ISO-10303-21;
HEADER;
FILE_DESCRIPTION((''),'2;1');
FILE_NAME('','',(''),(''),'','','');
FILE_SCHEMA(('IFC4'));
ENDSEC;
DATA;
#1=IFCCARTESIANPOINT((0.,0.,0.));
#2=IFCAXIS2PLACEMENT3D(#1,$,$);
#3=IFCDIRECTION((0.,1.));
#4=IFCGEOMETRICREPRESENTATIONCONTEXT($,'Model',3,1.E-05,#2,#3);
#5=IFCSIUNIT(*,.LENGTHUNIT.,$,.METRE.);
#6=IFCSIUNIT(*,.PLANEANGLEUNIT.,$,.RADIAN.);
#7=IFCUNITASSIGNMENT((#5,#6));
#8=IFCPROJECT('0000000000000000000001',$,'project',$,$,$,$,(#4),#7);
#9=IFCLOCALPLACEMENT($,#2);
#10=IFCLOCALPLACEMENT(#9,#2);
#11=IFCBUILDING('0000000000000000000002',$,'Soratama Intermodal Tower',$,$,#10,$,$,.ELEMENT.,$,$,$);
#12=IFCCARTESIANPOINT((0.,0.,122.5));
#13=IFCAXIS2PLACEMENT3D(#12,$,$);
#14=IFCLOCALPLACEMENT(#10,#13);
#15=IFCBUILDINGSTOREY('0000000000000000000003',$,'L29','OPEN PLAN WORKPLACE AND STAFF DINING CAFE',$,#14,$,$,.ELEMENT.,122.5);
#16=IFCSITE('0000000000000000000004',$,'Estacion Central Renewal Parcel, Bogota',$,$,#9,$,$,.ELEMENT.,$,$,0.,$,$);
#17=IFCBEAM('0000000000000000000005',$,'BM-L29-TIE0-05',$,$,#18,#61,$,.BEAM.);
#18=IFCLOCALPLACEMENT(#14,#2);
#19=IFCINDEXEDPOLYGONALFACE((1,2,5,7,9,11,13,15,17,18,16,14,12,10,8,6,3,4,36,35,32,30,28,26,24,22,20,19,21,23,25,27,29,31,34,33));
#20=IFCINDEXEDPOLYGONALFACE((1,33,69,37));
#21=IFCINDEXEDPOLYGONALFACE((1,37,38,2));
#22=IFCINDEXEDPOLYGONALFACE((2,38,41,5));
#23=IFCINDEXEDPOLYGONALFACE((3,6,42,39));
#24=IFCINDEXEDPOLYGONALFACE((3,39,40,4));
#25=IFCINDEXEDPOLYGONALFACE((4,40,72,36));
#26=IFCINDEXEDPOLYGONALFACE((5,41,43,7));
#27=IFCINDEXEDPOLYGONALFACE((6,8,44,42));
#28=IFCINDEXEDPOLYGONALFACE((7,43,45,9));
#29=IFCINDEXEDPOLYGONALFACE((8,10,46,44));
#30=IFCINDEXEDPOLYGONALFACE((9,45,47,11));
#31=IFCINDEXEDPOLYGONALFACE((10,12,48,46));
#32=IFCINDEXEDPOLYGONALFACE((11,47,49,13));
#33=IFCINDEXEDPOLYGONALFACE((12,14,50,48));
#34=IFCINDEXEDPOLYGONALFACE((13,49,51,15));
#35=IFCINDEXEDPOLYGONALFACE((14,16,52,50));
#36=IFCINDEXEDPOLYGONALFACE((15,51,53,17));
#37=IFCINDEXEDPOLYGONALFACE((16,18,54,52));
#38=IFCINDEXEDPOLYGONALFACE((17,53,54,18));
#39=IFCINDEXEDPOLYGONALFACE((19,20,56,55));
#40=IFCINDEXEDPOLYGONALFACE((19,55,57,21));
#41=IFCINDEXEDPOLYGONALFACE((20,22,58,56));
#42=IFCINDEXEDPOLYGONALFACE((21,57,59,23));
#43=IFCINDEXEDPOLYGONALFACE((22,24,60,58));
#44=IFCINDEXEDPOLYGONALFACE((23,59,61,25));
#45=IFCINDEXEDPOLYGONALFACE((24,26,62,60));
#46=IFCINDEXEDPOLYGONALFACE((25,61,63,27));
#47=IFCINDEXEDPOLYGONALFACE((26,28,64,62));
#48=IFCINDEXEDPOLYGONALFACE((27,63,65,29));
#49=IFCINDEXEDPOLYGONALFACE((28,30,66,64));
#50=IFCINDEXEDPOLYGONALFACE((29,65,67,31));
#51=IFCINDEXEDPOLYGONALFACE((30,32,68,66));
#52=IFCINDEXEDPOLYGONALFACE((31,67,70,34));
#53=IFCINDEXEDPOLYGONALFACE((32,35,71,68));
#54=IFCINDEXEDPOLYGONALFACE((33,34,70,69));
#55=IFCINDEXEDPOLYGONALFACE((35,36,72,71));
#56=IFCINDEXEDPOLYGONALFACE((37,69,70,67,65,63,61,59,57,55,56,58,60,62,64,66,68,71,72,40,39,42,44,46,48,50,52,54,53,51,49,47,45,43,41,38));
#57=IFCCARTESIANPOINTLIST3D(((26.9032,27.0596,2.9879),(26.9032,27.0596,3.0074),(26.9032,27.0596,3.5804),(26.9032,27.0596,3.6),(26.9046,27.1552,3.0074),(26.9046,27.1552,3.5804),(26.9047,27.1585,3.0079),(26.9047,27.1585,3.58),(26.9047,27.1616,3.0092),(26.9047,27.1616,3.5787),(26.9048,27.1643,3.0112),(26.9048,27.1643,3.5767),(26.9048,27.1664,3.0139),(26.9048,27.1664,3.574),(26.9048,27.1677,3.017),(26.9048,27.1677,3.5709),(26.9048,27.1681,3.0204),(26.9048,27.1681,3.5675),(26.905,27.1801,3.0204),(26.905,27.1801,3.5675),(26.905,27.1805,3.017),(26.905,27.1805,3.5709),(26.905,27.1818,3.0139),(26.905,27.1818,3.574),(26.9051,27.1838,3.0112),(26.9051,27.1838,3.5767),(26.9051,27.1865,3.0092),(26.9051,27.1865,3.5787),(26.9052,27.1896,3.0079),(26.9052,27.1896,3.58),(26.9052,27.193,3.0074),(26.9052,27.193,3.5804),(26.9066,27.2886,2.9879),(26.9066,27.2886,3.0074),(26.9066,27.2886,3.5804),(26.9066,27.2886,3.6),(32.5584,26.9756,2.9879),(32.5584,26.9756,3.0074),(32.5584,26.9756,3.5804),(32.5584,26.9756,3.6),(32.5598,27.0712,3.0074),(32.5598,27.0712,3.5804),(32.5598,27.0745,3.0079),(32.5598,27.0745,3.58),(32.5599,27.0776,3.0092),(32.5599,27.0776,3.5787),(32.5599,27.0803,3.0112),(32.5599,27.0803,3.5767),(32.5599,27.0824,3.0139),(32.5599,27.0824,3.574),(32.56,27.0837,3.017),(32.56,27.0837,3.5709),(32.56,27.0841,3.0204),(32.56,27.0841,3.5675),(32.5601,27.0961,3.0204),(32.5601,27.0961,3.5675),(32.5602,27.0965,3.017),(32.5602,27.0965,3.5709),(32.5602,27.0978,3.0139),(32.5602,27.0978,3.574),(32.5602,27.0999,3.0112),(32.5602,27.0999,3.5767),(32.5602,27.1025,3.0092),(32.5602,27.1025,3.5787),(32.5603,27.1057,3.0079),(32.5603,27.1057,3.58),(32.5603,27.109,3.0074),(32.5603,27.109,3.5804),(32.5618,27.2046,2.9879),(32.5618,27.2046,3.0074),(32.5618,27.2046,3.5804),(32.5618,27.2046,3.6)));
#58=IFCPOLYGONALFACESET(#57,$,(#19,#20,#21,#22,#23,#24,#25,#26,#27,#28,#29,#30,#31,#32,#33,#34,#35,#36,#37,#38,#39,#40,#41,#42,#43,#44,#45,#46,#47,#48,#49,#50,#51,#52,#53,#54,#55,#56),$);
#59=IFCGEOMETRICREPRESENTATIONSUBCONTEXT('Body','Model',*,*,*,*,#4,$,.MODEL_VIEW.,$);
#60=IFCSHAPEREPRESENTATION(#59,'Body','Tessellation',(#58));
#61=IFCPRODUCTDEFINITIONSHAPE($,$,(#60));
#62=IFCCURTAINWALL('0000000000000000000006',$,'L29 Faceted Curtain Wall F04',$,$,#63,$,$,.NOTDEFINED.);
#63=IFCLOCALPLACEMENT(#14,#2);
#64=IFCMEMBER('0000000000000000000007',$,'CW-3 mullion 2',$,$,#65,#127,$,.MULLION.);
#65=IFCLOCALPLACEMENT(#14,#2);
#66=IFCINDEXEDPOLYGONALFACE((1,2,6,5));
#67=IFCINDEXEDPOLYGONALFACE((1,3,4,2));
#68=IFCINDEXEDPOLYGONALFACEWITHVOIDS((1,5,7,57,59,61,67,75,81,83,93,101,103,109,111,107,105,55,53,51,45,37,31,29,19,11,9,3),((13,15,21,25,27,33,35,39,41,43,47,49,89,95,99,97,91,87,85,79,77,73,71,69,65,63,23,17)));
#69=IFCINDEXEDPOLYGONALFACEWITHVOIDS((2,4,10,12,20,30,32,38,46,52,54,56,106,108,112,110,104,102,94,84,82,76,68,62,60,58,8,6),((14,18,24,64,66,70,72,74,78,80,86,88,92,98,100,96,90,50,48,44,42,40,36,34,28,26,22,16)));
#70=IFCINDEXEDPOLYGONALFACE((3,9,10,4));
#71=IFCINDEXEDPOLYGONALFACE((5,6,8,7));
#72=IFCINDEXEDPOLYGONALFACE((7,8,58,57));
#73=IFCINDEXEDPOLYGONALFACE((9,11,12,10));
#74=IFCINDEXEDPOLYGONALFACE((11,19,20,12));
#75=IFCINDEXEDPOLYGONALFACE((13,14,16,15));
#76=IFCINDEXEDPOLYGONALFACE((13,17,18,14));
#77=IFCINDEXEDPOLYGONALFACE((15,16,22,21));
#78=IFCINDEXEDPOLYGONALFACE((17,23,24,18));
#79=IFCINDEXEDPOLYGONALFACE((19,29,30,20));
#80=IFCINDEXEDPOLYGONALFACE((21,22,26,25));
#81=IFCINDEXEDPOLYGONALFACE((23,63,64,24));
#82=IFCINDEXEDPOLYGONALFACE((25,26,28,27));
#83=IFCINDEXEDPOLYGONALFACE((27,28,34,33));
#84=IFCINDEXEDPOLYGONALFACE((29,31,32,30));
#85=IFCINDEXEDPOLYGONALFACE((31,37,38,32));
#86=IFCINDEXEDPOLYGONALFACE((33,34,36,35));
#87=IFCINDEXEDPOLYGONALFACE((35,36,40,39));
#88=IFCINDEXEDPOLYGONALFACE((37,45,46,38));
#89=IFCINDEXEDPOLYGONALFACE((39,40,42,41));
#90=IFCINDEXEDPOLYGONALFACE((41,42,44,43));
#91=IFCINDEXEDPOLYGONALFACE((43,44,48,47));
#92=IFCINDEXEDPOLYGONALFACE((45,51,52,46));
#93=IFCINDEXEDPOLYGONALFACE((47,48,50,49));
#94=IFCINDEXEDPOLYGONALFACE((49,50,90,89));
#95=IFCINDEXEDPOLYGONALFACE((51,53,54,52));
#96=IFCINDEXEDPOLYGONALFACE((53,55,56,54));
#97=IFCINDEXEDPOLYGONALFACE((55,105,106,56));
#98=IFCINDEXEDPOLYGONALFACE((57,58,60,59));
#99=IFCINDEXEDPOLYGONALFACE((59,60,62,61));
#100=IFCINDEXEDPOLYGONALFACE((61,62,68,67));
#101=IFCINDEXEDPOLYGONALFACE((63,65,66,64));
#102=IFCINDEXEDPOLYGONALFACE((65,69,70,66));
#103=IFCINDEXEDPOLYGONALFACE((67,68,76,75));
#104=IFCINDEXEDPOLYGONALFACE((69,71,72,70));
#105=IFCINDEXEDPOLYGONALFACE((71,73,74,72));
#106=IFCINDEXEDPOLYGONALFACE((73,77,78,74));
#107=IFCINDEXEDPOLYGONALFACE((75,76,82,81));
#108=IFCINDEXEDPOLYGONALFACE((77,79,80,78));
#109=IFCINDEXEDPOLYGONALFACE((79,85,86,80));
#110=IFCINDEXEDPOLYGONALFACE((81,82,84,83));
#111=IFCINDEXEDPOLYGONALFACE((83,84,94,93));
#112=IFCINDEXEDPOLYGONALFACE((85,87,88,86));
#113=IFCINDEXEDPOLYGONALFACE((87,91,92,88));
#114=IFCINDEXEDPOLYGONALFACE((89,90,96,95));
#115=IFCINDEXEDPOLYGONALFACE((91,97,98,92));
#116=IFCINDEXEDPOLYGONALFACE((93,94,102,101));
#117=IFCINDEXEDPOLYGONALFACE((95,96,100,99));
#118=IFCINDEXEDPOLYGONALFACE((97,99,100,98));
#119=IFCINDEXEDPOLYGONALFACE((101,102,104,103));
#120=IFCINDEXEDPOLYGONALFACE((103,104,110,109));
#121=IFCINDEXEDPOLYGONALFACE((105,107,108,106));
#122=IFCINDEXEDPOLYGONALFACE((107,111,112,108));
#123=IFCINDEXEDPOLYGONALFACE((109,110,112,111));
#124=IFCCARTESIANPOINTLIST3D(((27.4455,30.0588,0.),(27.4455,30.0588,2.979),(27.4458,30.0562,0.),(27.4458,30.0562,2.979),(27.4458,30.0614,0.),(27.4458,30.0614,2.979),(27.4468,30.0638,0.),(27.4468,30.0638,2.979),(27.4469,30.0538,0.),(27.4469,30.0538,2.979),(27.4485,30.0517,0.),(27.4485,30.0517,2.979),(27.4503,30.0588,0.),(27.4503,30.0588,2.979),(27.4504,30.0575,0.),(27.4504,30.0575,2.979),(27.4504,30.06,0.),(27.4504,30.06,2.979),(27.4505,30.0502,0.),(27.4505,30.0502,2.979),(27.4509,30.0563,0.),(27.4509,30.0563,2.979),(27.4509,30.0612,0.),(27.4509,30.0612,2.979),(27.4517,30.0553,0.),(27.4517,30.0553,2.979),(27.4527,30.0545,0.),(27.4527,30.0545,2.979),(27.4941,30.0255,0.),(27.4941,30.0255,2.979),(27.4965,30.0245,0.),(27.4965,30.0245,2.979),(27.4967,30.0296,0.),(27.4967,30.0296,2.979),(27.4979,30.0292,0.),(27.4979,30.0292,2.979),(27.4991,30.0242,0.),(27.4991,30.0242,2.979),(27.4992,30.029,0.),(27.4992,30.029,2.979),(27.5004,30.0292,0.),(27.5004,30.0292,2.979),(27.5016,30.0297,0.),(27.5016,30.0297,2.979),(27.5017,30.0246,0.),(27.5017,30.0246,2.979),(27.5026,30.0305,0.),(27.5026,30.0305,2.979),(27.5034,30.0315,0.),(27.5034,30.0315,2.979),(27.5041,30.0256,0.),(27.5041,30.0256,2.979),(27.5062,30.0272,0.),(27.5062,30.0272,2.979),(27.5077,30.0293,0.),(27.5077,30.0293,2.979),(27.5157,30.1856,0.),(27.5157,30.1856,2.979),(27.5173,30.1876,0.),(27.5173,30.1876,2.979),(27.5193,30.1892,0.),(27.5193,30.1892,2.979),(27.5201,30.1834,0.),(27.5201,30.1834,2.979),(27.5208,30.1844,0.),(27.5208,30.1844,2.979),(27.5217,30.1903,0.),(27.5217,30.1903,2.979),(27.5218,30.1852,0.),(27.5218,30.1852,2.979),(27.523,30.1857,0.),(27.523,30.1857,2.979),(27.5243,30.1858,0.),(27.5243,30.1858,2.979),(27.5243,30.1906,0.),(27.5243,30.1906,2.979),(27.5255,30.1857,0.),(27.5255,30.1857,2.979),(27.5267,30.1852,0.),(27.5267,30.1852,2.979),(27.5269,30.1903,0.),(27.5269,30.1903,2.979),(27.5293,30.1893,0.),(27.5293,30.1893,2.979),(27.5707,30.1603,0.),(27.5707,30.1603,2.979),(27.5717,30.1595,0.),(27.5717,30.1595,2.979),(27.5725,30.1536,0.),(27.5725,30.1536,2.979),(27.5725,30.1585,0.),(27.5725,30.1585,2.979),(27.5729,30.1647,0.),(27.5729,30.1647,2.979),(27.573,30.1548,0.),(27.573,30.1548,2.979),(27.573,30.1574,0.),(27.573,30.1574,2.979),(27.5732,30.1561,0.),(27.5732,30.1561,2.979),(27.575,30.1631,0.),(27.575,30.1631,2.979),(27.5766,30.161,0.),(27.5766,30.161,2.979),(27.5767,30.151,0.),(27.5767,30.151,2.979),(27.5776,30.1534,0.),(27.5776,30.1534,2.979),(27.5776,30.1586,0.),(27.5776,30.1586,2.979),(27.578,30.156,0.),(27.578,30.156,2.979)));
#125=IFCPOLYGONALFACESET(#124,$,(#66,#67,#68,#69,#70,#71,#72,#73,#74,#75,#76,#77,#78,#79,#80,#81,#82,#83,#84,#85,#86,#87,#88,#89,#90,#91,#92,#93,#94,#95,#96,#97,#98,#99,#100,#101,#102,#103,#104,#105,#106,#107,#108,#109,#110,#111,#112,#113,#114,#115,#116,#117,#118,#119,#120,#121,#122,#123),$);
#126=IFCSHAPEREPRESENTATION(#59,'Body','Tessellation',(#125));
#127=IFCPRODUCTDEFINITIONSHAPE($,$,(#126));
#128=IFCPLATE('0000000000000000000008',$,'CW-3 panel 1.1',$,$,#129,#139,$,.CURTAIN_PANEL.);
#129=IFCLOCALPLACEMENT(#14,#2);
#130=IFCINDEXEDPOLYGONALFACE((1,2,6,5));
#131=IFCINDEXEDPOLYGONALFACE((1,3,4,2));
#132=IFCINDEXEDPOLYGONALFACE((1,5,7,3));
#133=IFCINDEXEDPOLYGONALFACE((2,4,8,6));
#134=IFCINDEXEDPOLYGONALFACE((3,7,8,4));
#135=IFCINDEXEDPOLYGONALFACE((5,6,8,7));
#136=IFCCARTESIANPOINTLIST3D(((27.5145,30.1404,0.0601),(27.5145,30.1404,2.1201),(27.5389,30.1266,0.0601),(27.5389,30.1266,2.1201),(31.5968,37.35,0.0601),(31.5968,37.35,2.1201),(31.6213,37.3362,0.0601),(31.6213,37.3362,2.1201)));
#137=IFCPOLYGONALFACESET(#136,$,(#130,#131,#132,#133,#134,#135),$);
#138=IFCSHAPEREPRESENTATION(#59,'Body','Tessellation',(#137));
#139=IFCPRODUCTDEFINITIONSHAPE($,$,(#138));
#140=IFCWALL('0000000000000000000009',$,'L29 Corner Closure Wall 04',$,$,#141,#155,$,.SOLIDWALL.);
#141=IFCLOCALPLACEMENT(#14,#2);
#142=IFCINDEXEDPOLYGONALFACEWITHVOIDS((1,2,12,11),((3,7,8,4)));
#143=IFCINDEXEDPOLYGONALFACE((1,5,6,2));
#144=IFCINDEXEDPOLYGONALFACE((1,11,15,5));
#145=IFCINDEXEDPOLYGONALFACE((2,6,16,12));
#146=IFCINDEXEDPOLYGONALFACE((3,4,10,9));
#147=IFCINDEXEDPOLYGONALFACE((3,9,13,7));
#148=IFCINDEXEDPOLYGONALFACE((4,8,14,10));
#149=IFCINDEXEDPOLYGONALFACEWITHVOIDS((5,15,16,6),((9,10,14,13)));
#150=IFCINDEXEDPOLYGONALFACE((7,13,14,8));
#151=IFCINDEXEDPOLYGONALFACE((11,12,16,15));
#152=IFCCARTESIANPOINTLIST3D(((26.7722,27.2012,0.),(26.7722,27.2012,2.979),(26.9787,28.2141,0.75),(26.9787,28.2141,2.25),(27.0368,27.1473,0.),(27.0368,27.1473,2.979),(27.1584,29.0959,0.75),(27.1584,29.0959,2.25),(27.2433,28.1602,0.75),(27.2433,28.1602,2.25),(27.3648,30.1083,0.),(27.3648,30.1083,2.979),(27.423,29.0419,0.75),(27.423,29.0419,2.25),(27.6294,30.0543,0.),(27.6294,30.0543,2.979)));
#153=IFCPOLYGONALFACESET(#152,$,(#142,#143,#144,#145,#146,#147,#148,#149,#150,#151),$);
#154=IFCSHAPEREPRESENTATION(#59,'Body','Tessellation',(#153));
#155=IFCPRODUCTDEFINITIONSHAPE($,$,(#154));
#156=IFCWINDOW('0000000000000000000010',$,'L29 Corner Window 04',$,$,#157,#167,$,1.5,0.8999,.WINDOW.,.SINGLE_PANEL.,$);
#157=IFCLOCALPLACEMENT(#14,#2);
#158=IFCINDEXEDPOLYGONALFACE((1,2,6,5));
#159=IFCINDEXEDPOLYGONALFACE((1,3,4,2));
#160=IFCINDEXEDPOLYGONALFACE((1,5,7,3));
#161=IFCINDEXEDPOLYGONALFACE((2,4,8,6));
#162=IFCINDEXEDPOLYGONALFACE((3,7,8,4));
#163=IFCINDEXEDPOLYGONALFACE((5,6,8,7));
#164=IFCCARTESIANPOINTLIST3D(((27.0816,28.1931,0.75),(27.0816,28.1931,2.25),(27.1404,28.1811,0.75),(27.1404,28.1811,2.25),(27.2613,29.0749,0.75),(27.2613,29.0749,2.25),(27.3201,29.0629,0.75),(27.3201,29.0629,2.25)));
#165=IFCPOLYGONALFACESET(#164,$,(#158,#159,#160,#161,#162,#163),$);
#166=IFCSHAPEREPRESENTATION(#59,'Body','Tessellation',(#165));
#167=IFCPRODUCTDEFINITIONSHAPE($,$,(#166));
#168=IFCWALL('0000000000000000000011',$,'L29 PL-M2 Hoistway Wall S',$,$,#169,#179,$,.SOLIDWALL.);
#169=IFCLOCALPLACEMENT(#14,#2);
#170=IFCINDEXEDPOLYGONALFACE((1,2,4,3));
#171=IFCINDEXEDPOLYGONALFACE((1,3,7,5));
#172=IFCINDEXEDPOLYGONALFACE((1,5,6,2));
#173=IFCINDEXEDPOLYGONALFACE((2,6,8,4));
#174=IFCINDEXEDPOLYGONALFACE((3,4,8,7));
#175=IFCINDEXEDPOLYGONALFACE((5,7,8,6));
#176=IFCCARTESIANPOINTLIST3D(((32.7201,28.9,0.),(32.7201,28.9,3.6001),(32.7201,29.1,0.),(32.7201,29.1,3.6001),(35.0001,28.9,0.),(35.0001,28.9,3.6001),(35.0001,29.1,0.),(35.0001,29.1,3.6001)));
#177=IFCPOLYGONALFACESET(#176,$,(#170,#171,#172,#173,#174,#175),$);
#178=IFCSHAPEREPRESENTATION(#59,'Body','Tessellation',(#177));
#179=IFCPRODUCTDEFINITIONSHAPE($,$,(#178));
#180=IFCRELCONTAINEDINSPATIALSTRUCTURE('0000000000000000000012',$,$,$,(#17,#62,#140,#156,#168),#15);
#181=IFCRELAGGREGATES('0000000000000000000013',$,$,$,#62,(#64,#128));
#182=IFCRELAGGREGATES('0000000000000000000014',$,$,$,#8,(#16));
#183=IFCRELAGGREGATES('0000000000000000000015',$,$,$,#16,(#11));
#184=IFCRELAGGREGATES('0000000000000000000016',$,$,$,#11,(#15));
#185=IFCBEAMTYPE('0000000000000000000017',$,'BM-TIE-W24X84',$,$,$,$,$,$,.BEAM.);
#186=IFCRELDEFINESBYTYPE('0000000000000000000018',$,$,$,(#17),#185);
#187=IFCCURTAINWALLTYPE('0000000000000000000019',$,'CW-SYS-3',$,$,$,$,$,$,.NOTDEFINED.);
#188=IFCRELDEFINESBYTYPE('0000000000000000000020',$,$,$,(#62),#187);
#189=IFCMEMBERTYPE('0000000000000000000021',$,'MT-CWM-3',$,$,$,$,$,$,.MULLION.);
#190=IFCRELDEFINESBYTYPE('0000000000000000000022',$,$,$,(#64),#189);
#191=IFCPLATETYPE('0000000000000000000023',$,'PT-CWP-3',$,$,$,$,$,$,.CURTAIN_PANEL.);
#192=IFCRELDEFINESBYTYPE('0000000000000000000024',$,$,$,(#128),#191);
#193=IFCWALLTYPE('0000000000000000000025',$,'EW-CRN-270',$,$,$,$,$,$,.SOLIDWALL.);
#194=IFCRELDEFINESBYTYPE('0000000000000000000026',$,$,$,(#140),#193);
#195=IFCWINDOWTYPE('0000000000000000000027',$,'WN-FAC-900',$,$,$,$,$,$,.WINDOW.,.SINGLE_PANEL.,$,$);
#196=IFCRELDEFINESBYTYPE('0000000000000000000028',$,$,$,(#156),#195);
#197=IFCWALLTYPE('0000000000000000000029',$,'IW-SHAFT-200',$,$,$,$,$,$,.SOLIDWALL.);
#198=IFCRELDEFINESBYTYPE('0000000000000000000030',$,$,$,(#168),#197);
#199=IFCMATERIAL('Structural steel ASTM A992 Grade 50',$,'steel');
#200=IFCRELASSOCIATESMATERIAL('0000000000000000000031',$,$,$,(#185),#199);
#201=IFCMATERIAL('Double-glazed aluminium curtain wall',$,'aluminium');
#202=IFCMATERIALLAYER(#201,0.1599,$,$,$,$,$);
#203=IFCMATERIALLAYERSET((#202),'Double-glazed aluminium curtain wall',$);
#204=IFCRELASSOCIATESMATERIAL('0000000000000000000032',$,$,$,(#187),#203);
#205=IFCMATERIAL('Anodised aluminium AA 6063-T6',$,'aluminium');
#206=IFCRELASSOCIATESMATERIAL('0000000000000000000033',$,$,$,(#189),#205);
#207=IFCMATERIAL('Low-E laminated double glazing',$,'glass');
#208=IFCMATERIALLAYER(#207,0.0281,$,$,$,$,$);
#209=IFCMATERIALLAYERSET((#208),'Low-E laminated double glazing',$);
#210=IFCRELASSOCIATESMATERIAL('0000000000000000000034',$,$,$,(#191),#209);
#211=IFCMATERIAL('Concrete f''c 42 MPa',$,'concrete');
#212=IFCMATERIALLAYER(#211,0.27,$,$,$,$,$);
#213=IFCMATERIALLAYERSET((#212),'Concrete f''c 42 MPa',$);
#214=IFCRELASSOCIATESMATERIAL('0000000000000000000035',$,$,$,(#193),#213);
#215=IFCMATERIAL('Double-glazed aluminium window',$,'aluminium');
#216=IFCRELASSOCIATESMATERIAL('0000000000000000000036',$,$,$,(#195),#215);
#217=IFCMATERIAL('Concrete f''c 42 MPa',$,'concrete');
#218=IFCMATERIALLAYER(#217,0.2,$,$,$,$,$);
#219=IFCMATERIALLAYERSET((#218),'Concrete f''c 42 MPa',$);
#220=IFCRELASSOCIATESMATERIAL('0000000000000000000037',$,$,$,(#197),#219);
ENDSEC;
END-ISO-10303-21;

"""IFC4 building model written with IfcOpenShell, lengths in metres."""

from ifc_helpers import new_model, si_unit, direction, frame, frame_2d, origin, origin_2d, place, context, subcontext, project, spatial, rectangle, hollow_rectangle, i_section, extrude, material, layer, layer_set, material_profile, profile_set, type_object, element, fill, aggregate, save


model = new_model("IFC4")

# Units and contexts
model_context = context("Model", 3, precision=1e-05, world=origin(), true_north=direction((0.0, 1.0)))
body_context = subcontext(model_context, "Body", "Model", "MODEL_VIEW")
ifc_project = project(units=[si_unit("LENGTHUNIT", "METRE"), si_unit("PLANEANGLEUNIT", "RADIAN")], contexts=[model_context])

# Site, building, storey
site_placement = place(None, origin())
site = spatial("IfcSite", under=ifc_project, at=site_placement, Name="Estacion Central Renewal Parcel, Bogota", CompositionType="ELEMENT", RefElevation=0.0)
building_placement = place(site_placement, origin())
building = spatial("IfcBuilding", under=site, at=building_placement, Name="Soratama Intermodal Tower", CompositionType="ELEMENT")
storey_placement = place(building_placement, frame((0.0, 0.0, 122.5)))
storey = spatial("IfcBuildingStorey", under=building, at=storey_placement, Name="L29", Description="OPEN PLAN WORKPLACE AND STAFF DINING CAFE", CompositionType="ELEMENT", Elevation=122.5)

# Beam
ifc_material_1 = material(Name="Structural steel ASTM A992 Grade 50", Category="steel")
ifc_material_profile_1 = material_profile(ifc_material_1, i_section(OverallWidth=0.229, OverallDepth=0.6121, WebThickness=0.012, FlangeThickness=0.0195, FilletRadius=0.0129, at=origin_2d()), Name="W24X84")
ifc_profile_set_1 = profile_set([ifc_material_profile_1], Name="Structural steel ASTM A992 Grade 50")
beam_type_1 = type_object("IfcBeamType", Name="BM-TIE-W24X84", PredefinedType="BEAM", material=ifc_profile_set_1)
beam_1_placement = place(storey_placement, frame((32.5601, 27.0901, 3.2939), z_axis=(-0.99989, 0.01485, 0.0), x_axis=(-0.01485, -0.99989, 0.0)))
element("IfcBeam", 1, at=beam_1_placement, inside=storey, type_object=beam_type_1, Name="BM-L29-TIE0-05", PredefinedType="BEAM", context=body_context, shape_type="SweptSolid", body=[
    extrude(i_section(OverallWidth=0.229, OverallDepth=0.6121, WebThickness=0.012, FlangeThickness=0.0195, FilletRadius=0.0129, at=origin_2d()), origin(), (0.0, 0.0, 1.0), 5.6558),
])

# Curtain wall, member, plate
ifc_material_2 = material(Name="Double-glazed aluminium curtain wall", Category="aluminium")
ifc_layer_1 = layer(ifc_material_2, 0.1599)
ifc_layer_set_1 = layer_set([ifc_layer_1], Name="Double-glazed aluminium curtain wall")
curtain_wall_type = type_object("IfcCurtainWallType", Name="CW-SYS-3", PredefinedType="NOTDEFINED", material=ifc_layer_set_1)
curtain_wall_placement = place(storey_placement, origin())
curtain_wall = element("IfcCurtainWall", 2, at=curtain_wall_placement, inside=storey, type_object=curtain_wall_type, Name="L29 Faceted Curtain Wall F04", PredefinedType="NOTDEFINED")
ifc_material_3 = material(Name="Anodised aluminium AA 6063-T6", Category="aluminium")
ifc_material_profile_2 = material_profile(ifc_material_3, hollow_rectangle(XDim=0.0701, YDim=0.1599, WallThickness=0.0049, InnerFilletRadius=0.0049, OuterFilletRadius=0.01, at=origin_2d()), Name="CWM160X70X5")
ifc_profile_set_2 = profile_set([ifc_material_profile_2], Name="Anodised aluminium AA 6063-T6")
member_type = type_object("IfcMemberType", Name="MT-CWM-3", PredefinedType="MULLION", material=ifc_profile_set_2)
member_placement = place(storey_placement, frame((27.5117, 30.1074, 0.0), z_axis=(0.0, 0.0, 1.0), x_axis=(0.870183, -0.492728, 0.0)))
member = element("IfcMember", 3, at=member_placement, type_object=member_type, Name="CW-3 mullion 2", PredefinedType="MULLION", context=body_context, shape_type="SweptSolid", body=[
    extrude(hollow_rectangle(XDim=0.0701, YDim=0.1599, WallThickness=0.0049, InnerFilletRadius=0.0049, OuterFilletRadius=0.01, at=origin_2d()), origin(), (0.0, 0.0, 1.0), 2.979),
])
ifc_material_4 = material(Name="Low-E laminated double glazing", Category="glass")
ifc_layer_2 = layer(ifc_material_4, 0.0281)
ifc_layer_set_2 = layer_set([ifc_layer_2], Name="Low-E laminated double glazing")
plate_type = type_object("IfcPlateType", Name="PT-CWP-3", PredefinedType="CURTAIN_PANEL", material=ifc_layer_set_2)
plate_placement = place(storey_placement, frame((29.5679, 33.7383, 0.0601), z_axis=(0.0, 0.0, 1.0), x_axis=(-0.492728, -0.870183, 0.0)))
plate = element("IfcPlate", 4, at=plate_placement, type_object=plate_type, Name="CW-3 panel 1.1", PredefinedType="CURTAIN_PANEL", context=body_context, shape_type="SweptSolid", body=[
    extrude(rectangle(XDim=8.2852, YDim=0.0281, at=origin_2d()), origin(), (0.0, 0.0, 1.0), 2.0601),
])
aggregate(curtain_wall, [member, plate])

# Wall, opening, window
ifc_material_5 = material(Name="Concrete f'c 42 MPa", Category="concrete")
ifc_layer_3 = layer(ifc_material_5, 0.27)
ifc_layer_set_3 = layer_set([ifc_layer_3], Name="Concrete f'c 42 MPa")
wall_type_1 = type_object("IfcWallType", Name="EW-CRN-270", PredefinedType="SOLIDWALL", material=ifc_layer_set_3)
wall_1_placement = place(storey_placement, frame((27.4971, 30.0813, 0.0), z_axis=(0.0, 0.0, 1.0), x_axis=(-0.199723, -0.979852, 0.0)))
wall_1 = element("IfcWall", 5, at=wall_1_placement, inside=storey, type_object=wall_type_1, Name="L29 Corner Closure Wall 04", PredefinedType="SOLIDWALL", context=body_context, shape_type="SweptSolid", body=[
    extrude(rectangle(XDim=2.9668, YDim=0.27, at=frame_2d((1.4834, 0.0))), origin(), (0.0, 0.0, 1.0), 2.979),
])
opening_1_placement = place(wall_1_placement, frame((1.0332, 0.0, 0.75)))
opening_1 = element("IfcOpeningElement", 6, at=opening_1_placement, cuts=wall_1, PredefinedType="OPENING", context=body_context, shape_type="SweptSolid", body=[
    extrude(rectangle(XDim=0.8999, YDim=1.5, at=frame_2d((0.45, 0.75))), frame((0.0, 0.145, 0.0), z_axis=(0.0, -1.0, 0.0), x_axis=(1.0, 0.0, 0.0)), (0.0, 0.0, 1.0), 0.29),
])
ifc_material_6 = material(Name="Double-glazed aluminium window", Category="aluminium")
window_type_1 = type_object("IfcWindowType", Name="WN-FAC-900", PartitioningType="SINGLE_PANEL", PredefinedType="WINDOW", material=ifc_material_6)
window_1_placement = place(opening_1_placement, origin())
window_1 = element("IfcWindow", 7, at=window_1_placement, inside=storey, type_object=window_type_1, Name="L29 Corner Window 04", OverallHeight=1.5, OverallWidth=0.8999, PartitioningType="SINGLE_PANEL", PredefinedType="WINDOW", context=body_context, shape_type="SweptSolid", body=[
    extrude(rectangle(XDim=0.8999, YDim=1.5, at=frame_2d((0.45, 0.75))), frame((0.0, 0.03, 0.0), z_axis=(0.0, -1.0, 0.0), x_axis=(1.0, 0.0, 0.0)), (0.0, 0.0, 1.0), 0.0601),
])
fill(opening_1, window_1)

# Shared definitions
ifc_material_7 = material(Name="Concrete f'c 42 MPa", Category="concrete")
ifc_layer_4 = layer(ifc_material_7, 0.2)
ifc_layer_set_4 = layer_set([ifc_layer_4], Name="Concrete f'c 42 MPa")
wall_type_2 = type_object("IfcWallType", Name="IW-SHAFT-200", PredefinedType="SOLIDWALL", material=ifc_layer_set_4)

# Wall
wall_2_placement = place(storey_placement, frame((32.72, 29.0, 0.0), z_axis=(0.0, 0.0, 1.0), x_axis=(1.0, 0.0, 0.0)))
element("IfcWall", 8, at=wall_2_placement, inside=storey, type_object=wall_type_2, Name="L29 PL-M2 Hoistway Wall S", PredefinedType="SOLIDWALL", context=body_context, shape_type="SweptSolid", body=[
    extrude(rectangle(XDim=2.28, YDim=0.2, at=frame_2d((1.1401, 0.0))), origin(), (0.0, 0.0, 1.0), 3.6001),
])

save(model, "model.ifc")
